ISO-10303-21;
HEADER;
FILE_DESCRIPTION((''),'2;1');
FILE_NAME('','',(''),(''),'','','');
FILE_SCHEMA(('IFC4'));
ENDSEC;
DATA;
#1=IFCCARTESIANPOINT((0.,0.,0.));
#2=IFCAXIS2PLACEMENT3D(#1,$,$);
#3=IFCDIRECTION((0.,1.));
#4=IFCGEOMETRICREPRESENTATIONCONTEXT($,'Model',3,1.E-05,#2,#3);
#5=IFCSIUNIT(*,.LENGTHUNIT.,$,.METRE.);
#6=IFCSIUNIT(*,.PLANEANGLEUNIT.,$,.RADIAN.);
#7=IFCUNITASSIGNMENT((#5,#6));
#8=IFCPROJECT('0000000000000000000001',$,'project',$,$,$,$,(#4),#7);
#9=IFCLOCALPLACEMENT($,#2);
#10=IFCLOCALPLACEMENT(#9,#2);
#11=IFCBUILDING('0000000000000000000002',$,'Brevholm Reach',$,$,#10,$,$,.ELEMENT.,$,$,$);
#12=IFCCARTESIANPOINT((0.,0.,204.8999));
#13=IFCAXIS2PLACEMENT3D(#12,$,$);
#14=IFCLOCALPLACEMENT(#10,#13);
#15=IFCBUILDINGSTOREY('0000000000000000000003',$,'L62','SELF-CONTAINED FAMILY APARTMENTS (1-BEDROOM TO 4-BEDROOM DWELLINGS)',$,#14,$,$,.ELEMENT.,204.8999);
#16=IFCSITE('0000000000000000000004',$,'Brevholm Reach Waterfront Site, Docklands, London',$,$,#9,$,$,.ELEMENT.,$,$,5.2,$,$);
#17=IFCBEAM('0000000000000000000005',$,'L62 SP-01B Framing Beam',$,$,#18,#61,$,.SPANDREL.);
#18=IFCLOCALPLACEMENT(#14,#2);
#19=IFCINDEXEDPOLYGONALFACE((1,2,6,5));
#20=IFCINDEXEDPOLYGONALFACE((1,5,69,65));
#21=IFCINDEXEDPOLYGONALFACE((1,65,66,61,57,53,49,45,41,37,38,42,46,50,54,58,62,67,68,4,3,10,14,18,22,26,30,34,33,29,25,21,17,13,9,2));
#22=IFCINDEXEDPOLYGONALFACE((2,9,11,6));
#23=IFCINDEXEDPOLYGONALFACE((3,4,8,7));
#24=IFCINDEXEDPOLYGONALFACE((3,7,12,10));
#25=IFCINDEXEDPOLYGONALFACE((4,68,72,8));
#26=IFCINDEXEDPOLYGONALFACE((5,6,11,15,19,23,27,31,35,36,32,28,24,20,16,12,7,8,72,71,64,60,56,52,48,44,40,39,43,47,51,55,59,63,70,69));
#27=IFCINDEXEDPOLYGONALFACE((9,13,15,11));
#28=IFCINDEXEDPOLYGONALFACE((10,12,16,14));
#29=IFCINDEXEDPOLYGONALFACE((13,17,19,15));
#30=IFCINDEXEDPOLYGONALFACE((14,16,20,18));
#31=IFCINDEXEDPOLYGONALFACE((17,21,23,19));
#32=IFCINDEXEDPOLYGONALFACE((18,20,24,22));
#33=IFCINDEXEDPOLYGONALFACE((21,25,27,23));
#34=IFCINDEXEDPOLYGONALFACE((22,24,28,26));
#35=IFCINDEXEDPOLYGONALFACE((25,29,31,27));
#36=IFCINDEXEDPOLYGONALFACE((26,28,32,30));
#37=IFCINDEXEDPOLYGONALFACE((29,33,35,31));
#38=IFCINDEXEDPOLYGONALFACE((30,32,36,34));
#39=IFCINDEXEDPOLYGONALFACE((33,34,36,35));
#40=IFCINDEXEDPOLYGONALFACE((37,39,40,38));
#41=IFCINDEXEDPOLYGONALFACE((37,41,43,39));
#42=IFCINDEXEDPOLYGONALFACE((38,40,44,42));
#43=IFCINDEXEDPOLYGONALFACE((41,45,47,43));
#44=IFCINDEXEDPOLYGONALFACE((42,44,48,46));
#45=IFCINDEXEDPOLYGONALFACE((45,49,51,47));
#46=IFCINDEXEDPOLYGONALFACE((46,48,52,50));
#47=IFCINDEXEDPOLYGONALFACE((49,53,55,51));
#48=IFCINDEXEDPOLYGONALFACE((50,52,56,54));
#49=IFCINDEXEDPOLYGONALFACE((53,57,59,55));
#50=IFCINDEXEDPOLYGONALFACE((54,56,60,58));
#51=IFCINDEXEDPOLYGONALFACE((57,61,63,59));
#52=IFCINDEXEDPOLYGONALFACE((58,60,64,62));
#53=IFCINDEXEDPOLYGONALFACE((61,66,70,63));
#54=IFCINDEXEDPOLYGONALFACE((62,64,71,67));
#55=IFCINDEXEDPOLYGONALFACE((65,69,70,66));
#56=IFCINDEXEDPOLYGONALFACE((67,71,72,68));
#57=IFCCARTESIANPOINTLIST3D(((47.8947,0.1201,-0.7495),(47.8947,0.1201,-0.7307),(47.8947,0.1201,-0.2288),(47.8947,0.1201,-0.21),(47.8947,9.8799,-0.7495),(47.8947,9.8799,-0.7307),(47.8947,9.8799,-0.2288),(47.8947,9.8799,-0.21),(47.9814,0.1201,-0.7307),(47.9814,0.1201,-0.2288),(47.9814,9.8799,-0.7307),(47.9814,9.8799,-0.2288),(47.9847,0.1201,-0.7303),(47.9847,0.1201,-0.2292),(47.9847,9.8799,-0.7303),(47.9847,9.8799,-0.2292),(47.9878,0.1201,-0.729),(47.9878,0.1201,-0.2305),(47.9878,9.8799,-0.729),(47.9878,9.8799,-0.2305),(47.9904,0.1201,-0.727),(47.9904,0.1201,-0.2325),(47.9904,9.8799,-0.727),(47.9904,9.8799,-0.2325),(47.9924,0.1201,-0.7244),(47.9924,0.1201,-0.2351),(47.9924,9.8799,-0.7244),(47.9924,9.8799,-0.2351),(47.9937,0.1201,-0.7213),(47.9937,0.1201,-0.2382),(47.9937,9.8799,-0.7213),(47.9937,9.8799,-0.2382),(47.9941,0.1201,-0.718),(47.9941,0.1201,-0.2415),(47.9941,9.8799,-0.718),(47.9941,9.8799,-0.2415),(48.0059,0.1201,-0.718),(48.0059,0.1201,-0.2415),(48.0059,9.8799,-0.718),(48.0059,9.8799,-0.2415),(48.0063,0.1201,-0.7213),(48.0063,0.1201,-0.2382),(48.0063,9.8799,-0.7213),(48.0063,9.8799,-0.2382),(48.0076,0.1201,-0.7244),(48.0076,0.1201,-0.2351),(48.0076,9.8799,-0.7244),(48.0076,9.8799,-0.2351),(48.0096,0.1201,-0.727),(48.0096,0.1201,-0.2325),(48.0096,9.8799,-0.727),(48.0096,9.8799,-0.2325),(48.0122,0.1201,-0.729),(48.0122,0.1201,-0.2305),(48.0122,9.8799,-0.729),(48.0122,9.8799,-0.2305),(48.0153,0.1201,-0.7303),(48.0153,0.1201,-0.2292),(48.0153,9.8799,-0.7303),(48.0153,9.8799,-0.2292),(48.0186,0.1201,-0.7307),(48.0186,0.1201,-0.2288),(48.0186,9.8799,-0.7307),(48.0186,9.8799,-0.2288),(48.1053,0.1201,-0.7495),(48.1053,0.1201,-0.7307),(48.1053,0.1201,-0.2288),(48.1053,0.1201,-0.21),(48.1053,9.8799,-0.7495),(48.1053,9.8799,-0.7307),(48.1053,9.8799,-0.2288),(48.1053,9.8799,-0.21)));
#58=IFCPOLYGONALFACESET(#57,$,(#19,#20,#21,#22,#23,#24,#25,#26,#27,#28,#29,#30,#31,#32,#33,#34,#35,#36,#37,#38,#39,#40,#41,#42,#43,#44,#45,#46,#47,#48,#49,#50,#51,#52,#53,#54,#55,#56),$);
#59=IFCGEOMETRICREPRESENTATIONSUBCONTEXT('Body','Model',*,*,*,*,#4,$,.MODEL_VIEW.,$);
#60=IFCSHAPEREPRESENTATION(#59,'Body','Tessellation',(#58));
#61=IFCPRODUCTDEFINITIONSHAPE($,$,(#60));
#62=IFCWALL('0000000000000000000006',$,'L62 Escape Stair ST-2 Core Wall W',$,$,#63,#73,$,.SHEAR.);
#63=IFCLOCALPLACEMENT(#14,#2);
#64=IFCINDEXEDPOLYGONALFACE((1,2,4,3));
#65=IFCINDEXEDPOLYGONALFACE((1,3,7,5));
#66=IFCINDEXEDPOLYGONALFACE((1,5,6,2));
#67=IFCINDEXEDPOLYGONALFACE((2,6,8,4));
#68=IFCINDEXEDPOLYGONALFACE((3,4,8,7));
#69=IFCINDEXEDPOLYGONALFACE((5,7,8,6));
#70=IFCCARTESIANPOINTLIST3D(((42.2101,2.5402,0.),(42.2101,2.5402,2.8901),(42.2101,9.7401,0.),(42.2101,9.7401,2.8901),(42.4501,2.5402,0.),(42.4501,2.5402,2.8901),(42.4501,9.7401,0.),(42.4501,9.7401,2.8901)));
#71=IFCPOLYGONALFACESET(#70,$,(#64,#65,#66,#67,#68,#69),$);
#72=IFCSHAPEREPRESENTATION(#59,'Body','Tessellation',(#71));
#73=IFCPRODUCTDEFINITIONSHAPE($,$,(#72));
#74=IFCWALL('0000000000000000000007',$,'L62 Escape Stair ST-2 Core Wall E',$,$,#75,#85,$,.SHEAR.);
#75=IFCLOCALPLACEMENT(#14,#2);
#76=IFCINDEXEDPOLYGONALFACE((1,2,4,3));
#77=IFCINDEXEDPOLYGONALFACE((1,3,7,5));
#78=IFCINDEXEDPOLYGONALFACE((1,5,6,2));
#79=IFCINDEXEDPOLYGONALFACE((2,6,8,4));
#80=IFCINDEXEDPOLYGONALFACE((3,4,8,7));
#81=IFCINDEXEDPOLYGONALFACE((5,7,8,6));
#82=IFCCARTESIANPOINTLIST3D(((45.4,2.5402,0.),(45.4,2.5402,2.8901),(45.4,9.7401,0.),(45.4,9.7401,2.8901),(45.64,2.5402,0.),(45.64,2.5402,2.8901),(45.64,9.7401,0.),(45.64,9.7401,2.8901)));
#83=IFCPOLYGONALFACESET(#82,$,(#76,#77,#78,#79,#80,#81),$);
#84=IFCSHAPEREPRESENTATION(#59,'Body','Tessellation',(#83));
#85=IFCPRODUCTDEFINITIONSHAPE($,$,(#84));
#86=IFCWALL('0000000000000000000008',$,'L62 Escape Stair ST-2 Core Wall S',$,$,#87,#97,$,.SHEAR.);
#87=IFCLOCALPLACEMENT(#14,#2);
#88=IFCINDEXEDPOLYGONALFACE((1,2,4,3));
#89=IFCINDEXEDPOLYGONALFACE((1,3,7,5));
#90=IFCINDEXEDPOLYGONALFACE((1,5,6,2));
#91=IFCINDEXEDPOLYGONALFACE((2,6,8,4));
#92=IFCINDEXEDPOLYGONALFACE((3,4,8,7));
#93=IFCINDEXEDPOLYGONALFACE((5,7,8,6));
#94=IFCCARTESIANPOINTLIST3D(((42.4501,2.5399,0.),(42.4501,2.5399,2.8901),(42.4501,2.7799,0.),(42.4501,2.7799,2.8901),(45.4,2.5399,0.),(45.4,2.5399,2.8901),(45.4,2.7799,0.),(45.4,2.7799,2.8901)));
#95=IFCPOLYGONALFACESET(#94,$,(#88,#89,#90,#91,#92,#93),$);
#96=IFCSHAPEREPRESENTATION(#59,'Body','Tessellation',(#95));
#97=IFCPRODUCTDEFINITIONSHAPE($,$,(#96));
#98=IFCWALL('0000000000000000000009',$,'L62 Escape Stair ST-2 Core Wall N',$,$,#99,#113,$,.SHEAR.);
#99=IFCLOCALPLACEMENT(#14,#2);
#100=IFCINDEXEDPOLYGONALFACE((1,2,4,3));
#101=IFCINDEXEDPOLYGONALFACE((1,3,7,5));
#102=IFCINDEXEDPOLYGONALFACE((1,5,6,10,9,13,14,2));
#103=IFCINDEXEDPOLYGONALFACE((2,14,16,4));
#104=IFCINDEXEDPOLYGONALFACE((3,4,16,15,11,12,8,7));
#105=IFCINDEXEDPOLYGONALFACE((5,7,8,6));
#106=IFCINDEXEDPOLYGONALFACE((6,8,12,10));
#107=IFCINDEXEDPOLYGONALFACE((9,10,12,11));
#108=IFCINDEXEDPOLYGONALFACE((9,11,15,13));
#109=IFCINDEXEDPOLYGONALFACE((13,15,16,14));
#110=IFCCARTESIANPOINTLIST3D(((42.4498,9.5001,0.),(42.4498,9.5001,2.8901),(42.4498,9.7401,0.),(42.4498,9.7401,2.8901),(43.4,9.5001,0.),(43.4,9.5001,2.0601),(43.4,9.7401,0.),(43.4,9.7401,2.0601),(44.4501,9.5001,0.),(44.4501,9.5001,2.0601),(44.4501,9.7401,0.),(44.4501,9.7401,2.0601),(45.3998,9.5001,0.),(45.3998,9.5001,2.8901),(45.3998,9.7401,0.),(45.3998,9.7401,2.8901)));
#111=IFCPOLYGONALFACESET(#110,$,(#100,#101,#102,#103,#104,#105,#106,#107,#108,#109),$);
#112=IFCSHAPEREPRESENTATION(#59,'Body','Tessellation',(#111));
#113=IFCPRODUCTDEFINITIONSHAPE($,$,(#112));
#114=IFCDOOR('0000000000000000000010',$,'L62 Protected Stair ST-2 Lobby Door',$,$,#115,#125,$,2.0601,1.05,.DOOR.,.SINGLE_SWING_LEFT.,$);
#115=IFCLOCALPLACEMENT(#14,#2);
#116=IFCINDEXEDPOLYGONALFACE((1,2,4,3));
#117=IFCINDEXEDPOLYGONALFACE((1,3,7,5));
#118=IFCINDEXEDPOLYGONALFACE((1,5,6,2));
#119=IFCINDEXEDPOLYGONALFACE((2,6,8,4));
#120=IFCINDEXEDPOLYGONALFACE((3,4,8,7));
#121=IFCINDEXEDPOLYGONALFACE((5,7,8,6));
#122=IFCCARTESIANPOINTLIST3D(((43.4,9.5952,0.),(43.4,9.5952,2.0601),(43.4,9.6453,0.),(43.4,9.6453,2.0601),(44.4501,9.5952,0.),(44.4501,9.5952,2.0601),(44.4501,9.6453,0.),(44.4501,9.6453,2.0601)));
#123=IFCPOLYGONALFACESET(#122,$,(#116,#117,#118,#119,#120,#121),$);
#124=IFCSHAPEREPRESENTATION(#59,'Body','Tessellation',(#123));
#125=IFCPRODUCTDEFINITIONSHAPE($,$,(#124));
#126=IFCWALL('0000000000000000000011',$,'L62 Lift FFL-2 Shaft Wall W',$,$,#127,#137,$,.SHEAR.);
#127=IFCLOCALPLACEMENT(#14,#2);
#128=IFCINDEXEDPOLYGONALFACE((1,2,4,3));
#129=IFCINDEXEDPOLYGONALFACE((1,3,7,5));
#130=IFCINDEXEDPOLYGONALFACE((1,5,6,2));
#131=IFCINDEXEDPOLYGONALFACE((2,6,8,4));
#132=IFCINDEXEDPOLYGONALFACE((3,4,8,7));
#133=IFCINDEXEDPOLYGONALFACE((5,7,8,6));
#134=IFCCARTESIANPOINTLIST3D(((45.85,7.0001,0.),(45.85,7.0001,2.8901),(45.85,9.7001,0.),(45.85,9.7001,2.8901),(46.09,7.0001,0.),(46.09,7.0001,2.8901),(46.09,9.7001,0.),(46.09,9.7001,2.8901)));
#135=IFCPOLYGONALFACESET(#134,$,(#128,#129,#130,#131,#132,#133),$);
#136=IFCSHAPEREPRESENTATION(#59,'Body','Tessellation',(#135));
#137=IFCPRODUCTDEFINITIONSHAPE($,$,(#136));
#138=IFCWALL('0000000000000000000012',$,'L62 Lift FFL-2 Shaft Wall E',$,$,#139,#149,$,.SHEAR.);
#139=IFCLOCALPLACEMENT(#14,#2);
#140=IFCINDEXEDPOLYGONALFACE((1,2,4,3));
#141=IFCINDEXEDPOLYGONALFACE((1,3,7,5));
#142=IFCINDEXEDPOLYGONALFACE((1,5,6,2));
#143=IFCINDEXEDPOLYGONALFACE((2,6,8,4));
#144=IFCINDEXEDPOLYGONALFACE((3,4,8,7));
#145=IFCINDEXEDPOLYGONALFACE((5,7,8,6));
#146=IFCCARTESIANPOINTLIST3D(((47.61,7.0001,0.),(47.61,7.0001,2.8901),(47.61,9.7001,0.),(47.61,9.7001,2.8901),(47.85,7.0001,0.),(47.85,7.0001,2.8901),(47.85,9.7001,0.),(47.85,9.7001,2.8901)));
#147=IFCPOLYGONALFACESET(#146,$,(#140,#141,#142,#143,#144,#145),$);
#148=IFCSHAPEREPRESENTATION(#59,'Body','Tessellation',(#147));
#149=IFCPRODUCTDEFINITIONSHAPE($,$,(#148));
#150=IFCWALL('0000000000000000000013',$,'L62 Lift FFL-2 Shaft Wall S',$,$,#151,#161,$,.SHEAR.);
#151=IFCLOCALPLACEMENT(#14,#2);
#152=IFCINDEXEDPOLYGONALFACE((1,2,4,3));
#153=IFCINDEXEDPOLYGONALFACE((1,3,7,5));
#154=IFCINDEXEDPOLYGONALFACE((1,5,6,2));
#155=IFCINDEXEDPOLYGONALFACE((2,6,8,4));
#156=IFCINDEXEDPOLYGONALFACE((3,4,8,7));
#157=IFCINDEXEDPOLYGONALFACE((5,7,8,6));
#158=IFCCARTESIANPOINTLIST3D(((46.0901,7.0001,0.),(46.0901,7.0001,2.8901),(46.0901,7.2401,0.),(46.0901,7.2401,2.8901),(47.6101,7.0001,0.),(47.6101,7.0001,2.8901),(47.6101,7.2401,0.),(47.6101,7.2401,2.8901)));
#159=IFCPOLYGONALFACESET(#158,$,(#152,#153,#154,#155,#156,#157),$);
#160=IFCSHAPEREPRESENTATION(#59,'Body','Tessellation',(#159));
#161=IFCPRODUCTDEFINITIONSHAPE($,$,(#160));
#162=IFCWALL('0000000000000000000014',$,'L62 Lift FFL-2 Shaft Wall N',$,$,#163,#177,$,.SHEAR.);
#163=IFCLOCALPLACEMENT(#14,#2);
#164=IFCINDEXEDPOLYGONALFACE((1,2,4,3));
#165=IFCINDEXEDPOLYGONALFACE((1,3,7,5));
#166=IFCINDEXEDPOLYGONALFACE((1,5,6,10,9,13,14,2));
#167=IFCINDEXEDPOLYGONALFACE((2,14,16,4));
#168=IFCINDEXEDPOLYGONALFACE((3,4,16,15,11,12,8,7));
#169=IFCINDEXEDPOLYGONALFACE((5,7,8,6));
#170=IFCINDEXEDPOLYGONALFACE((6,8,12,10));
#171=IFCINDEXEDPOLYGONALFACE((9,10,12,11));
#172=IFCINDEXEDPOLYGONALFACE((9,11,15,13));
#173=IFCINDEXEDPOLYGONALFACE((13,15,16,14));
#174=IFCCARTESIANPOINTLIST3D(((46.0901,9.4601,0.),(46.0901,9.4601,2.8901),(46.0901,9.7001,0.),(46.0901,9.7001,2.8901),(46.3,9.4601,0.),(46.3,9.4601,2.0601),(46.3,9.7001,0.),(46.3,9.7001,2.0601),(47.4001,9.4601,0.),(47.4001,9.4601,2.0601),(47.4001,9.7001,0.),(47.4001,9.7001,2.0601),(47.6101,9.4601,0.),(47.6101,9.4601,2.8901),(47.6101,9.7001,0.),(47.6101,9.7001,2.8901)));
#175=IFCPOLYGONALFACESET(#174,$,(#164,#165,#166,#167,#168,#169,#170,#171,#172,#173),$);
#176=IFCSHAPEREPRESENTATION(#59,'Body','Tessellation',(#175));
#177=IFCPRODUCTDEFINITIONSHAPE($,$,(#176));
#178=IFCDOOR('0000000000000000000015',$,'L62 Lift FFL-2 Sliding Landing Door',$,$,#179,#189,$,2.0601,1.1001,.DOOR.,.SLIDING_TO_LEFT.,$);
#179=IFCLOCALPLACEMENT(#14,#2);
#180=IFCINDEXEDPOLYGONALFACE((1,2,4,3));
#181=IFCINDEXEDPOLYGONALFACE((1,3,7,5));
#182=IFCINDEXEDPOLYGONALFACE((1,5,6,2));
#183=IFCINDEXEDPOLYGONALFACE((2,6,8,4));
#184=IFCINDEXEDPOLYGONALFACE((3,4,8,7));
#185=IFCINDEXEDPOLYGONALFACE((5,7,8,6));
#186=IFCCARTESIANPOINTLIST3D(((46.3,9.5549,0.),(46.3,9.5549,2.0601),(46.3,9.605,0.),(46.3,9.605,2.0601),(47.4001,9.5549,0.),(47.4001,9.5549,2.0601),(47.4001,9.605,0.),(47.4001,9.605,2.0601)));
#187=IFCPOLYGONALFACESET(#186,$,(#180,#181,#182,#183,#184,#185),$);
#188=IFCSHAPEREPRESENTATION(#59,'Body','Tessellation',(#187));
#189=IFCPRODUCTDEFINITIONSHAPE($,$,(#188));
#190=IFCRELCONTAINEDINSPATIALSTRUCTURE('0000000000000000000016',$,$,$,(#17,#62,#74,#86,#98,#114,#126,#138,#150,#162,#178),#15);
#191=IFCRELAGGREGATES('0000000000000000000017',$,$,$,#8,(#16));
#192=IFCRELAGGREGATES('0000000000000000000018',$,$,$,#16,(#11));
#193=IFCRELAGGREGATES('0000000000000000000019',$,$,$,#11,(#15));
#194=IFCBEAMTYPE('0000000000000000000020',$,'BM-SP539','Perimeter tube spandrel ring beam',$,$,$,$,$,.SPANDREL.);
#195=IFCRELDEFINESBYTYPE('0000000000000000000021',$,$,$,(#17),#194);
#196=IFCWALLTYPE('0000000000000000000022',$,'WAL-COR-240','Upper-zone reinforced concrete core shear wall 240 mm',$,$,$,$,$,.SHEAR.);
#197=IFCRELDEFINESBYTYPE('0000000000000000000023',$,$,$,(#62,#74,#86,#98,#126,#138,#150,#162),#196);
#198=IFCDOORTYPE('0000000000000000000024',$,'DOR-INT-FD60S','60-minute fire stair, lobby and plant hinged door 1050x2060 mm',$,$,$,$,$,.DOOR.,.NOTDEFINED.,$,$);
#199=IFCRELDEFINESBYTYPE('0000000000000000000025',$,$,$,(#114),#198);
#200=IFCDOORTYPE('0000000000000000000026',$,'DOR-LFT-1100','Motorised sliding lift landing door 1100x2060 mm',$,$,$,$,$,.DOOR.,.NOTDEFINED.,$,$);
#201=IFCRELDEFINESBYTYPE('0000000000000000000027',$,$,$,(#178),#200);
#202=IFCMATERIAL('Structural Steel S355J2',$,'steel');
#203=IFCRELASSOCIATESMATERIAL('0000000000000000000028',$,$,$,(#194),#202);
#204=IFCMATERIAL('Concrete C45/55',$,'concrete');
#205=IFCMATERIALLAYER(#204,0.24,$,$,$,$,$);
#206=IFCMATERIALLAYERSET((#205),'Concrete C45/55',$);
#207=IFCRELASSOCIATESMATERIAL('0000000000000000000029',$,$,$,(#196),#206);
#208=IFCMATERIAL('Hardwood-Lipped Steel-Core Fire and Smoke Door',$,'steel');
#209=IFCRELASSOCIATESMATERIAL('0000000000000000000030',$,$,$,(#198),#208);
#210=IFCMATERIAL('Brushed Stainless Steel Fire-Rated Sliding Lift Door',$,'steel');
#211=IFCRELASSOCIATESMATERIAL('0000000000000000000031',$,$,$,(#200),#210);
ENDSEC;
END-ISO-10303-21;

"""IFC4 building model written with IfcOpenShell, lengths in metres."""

from ifc_helpers import new_model, si_unit, direction, frame, frame_2d, origin, origin_2d, place, context, subcontext, project, spatial, rectangle, i_section, extrude, material, layer, layer_set, material_profile, profile_set, type_object, element, fill, save


model = new_model("IFC4")

# Units and contexts
model_context = context("Model", 3, precision=1e-05, world=origin(), true_north=direction((0.0, 1.0)))
body_context = subcontext(model_context, "Body", "Model", "MODEL_VIEW")
ifc_project = project(units=[si_unit("LENGTHUNIT", "METRE"), si_unit("PLANEANGLEUNIT", "RADIAN")], contexts=[model_context])

# Site, building, storey
site_placement = place(None, origin())
site = spatial("IfcSite", under=ifc_project, at=site_placement, Name="Brevholm Reach Waterfront Site, Docklands, London", CompositionType="ELEMENT", RefElevation=5.2)
building_placement = place(site_placement, origin())
building = spatial("IfcBuilding", under=site, at=building_placement, Name="Brevholm Reach", CompositionType="ELEMENT")
storey_placement = place(building_placement, frame((0.0, 0.0, 204.8999)))
storey = spatial("IfcBuildingStorey", under=building, at=storey_placement, Name="L62", Description="SELF-CONTAINED FAMILY APARTMENTS (1-BEDROOM TO 4-BEDROOM DWELLINGS)", CompositionType="ELEMENT", Elevation=204.8999)

# Beam
ifc_material_1 = material(Name="Structural Steel S355J2", Category="steel")
ifc_material_profile_1 = material_profile(ifc_material_1, i_section(OverallWidth=0.2107, OverallDepth=0.5396, WebThickness=0.0117, FlangeThickness=0.0188, FilletRadius=0.0127, at=origin_2d()), Name="UKB 533x210x109")
ifc_profile_set_1 = profile_set([ifc_material_profile_1], Name="Structural Steel S355J2")
beam_type_1 = type_object("IfcBeamType", Name="BM-SP539", Description="Perimeter tube spandrel ring beam", PredefinedType="SPANDREL", material=ifc_profile_set_1)
beam_1_placement = place(storey_placement, frame((48.0, 0.1201, -0.4797), z_axis=(0.0, 1.0, 0.0), x_axis=(-1.0, 0.0, 0.0)))
element("IfcBeam", 1, at=beam_1_placement, inside=storey, type_object=beam_type_1, Name="L62 SP-01B Framing Beam", PredefinedType="SPANDREL", context=body_context, shape_type="SweptSolid", body=[
    extrude(i_section(OverallWidth=0.2107, OverallDepth=0.5396, WebThickness=0.0117, FlangeThickness=0.0188, FilletRadius=0.0127, at=origin_2d()), origin(), (0.0, 0.0, 1.0), 9.7598),
])

# Walls
ifc_material_2 = material(Name="Concrete C45/55", Category="concrete")
ifc_layer_1 = layer(ifc_material_2, 0.24)
ifc_layer_set_1 = layer_set([ifc_layer_1], Name="Concrete C45/55")
wall_type_1 = type_object("IfcWallType", Name="WAL-COR-240", Description="Upper-zone reinforced concrete core shear wall 240 mm", PredefinedType="SHEAR", material=ifc_layer_set_1)
for number, where, z_axis, x_axis, name in (
    (2, (42.3301, 2.54, 0.0), (0.0, 0.0, 1.0), (0.0, 1.0, 0.0), "L62 Escape Stair ST-2 Core Wall W"),
    (3, (45.52, 2.54, 0.0), (0.0, 0.0, 1.0), (0.0, 1.0, 0.0), "L62 Escape Stair ST-2 Core Wall E"),
):
    element("IfcWall", number, at=place(storey_placement, frame(where, z_axis=z_axis, x_axis=x_axis)), inside=storey, type_object=wall_type_1, Name=name, PredefinedType="SHEAR", context=body_context, shape_type="SweptSolid", body=[
        extrude(rectangle(XDim=7.2, YDim=0.24, at=frame_2d((3.6001, 0.0))), origin(), (0.0, 0.0, 1.0), 2.8901),
    ])
wall_1_placement = place(storey_placement, frame((42.45, 2.6599, 0.0), z_axis=(0.0, 0.0, 1.0), x_axis=(1.0, 0.0, 0.0)))
element("IfcWall", 4, at=wall_1_placement, inside=storey, type_object=wall_type_1, Name="L62 Escape Stair ST-2 Core Wall S", PredefinedType="SHEAR", context=body_context, shape_type="SweptSolid", body=[
    extrude(rectangle(XDim=2.95, YDim=0.24, at=frame_2d((1.4751, 0.0))), origin(), (0.0, 0.0, 1.0), 2.8901),
])

# Wall, opening, door
wall_2_placement = place(storey_placement, frame((45.3999, 9.6201, 0.0), z_axis=(0.0, 0.0, 1.0), x_axis=(-1.0, 0.0, 0.0)))
wall_2 = element("IfcWall", 5, at=wall_2_placement, inside=storey, type_object=wall_type_1, Name="L62 Escape Stair ST-2 Core Wall N", PredefinedType="SHEAR", context=body_context, shape_type="SweptSolid", body=[
    extrude(rectangle(XDim=2.95, YDim=0.24, at=frame_2d((1.4751, 0.0))), origin(), (0.0, 0.0, 1.0), 2.8901),
])
opening_1_placement = place(wall_2_placement, frame((0.95, 0.0, 0.0)))
opening_1 = element("IfcOpeningElement", 6, at=opening_1_placement, cuts=wall_2, PredefinedType="OPENING", context=body_context, shape_type="SweptSolid", body=[
    extrude(rectangle(XDim=1.05, YDim=2.0601, at=frame_2d((0.5249, 1.03))), frame((0.0, 0.1299, 0.0), z_axis=(0.0, -1.0, 0.0), x_axis=(1.0, 0.0, 0.0)), (0.0, 0.0, 1.0), 0.26),
])
ifc_material_3 = material(Name="Hardwood-Lipped Steel-Core Fire and Smoke Door", Category="steel")
door_type_1 = type_object("IfcDoorType", Name="DOR-INT-FD60S", Description="60-minute fire stair, lobby and plant hinged door 1050x2060 mm", OperationType="NOTDEFINED", PredefinedType="DOOR", material=ifc_material_3)
door_1_placement = place(opening_1_placement, origin())
door_1 = element("IfcDoor", 7, at=door_1_placement, inside=storey, type_object=door_type_1, Name="L62 Protected Stair ST-2 Lobby Door", OperationType="SINGLE_SWING_LEFT", OverallHeight=2.0601, OverallWidth=1.05, PredefinedType="DOOR", context=body_context, shape_type="SweptSolid", body=[
    extrude(rectangle(XDim=1.05, YDim=2.0601, at=frame_2d((0.5249, 1.03))), frame((0.0, 0.0249, 0.0), z_axis=(0.0, -1.0, 0.0), x_axis=(1.0, 0.0, 0.0)), (0.0, 0.0, 1.0), 0.05),
])
fill(opening_1, door_1)

# Walls
for number, where, z_axis, x_axis, name in (
    (8, (45.97, 7.0, 0.0), (0.0, 0.0, 1.0), (0.0, 1.0, 0.0), "L62 Lift FFL-2 Shaft Wall W"),
    (9, (47.73, 7.0, 0.0), (0.0, 0.0, 1.0), (0.0, 1.0, 0.0), "L62 Lift FFL-2 Shaft Wall E"),
):
    element("IfcWall", number, at=place(storey_placement, frame(where, z_axis=z_axis, x_axis=x_axis)), inside=storey, type_object=wall_type_1, Name=name, PredefinedType="SHEAR", context=body_context, shape_type="SweptSolid", body=[
        extrude(rectangle(XDim=2.7, YDim=0.24, at=frame_2d((1.3501, 0.0))), origin(), (0.0, 0.0, 1.0), 2.8901),
    ])
wall_3_placement = place(storey_placement, frame((46.0901, 7.1201, 0.0), z_axis=(0.0, 0.0, 1.0), x_axis=(1.0, 0.0, 0.0)))
element("IfcWall", 10, at=wall_3_placement, inside=storey, type_object=wall_type_1, Name="L62 Lift FFL-2 Shaft Wall S", PredefinedType="SHEAR", context=body_context, shape_type="SweptSolid", body=[
    extrude(rectangle(XDim=1.52, YDim=0.24, at=frame_2d((0.76, 0.0))), origin(), (0.0, 0.0, 1.0), 2.8901),
])

# Wall, opening, door
wall_4_placement = place(storey_placement, frame((46.0901, 9.5801, 0.0), z_axis=(0.0, 0.0, 1.0), x_axis=(1.0, 0.0, 0.0)))
wall_4 = element("IfcWall", 11, at=wall_4_placement, inside=storey, type_object=wall_type_1, Name="L62 Lift FFL-2 Shaft Wall N", PredefinedType="SHEAR", context=body_context, shape_type="SweptSolid", body=[
    extrude(rectangle(XDim=1.52, YDim=0.24, at=frame_2d((0.76, 0.0))), origin(), (0.0, 0.0, 1.0), 2.8901),
])
opening_2_placement = place(wall_4_placement, frame((0.21, 0.0, 0.0)))
opening_2 = element("IfcOpeningElement", 12, at=opening_2_placement, cuts=wall_4, PredefinedType="OPENING", context=body_context, shape_type="SweptSolid", body=[
    extrude(rectangle(XDim=1.1001, YDim=2.0601, at=frame_2d((0.55, 1.03))), frame((0.0, 0.1299, 0.0), z_axis=(0.0, -1.0, 0.0), x_axis=(1.0, 0.0, 0.0)), (0.0, 0.0, 1.0), 0.26),
])
ifc_material_4 = material(Name="Brushed Stainless Steel Fire-Rated Sliding Lift Door", Category="steel")
door_type_2 = type_object("IfcDoorType", Name="DOR-LFT-1100", Description="Motorised sliding lift landing door 1100x2060 mm", OperationType="NOTDEFINED", PredefinedType="DOOR", material=ifc_material_4)
door_2_placement = place(opening_2_placement, origin())
door_2 = element("IfcDoor", 13, at=door_2_placement, inside=storey, type_object=door_type_2, Name="L62 Lift FFL-2 Sliding Landing Door", OperationType="SLIDING_TO_LEFT", OverallHeight=2.0601, OverallWidth=1.1001, PredefinedType="DOOR", context=body_context, shape_type="SweptSolid", body=[
    extrude(rectangle(XDim=1.1001, YDim=2.0601, at=frame_2d((0.55, 1.03))), frame((0.0, 0.0249, 0.0), z_axis=(0.0, -1.0, 0.0), x_axis=(1.0, 0.0, 0.0)), (0.0, 0.0, 1.0), 0.05),
])
fill(opening_2, door_2)

save(model, "model.ifc")
